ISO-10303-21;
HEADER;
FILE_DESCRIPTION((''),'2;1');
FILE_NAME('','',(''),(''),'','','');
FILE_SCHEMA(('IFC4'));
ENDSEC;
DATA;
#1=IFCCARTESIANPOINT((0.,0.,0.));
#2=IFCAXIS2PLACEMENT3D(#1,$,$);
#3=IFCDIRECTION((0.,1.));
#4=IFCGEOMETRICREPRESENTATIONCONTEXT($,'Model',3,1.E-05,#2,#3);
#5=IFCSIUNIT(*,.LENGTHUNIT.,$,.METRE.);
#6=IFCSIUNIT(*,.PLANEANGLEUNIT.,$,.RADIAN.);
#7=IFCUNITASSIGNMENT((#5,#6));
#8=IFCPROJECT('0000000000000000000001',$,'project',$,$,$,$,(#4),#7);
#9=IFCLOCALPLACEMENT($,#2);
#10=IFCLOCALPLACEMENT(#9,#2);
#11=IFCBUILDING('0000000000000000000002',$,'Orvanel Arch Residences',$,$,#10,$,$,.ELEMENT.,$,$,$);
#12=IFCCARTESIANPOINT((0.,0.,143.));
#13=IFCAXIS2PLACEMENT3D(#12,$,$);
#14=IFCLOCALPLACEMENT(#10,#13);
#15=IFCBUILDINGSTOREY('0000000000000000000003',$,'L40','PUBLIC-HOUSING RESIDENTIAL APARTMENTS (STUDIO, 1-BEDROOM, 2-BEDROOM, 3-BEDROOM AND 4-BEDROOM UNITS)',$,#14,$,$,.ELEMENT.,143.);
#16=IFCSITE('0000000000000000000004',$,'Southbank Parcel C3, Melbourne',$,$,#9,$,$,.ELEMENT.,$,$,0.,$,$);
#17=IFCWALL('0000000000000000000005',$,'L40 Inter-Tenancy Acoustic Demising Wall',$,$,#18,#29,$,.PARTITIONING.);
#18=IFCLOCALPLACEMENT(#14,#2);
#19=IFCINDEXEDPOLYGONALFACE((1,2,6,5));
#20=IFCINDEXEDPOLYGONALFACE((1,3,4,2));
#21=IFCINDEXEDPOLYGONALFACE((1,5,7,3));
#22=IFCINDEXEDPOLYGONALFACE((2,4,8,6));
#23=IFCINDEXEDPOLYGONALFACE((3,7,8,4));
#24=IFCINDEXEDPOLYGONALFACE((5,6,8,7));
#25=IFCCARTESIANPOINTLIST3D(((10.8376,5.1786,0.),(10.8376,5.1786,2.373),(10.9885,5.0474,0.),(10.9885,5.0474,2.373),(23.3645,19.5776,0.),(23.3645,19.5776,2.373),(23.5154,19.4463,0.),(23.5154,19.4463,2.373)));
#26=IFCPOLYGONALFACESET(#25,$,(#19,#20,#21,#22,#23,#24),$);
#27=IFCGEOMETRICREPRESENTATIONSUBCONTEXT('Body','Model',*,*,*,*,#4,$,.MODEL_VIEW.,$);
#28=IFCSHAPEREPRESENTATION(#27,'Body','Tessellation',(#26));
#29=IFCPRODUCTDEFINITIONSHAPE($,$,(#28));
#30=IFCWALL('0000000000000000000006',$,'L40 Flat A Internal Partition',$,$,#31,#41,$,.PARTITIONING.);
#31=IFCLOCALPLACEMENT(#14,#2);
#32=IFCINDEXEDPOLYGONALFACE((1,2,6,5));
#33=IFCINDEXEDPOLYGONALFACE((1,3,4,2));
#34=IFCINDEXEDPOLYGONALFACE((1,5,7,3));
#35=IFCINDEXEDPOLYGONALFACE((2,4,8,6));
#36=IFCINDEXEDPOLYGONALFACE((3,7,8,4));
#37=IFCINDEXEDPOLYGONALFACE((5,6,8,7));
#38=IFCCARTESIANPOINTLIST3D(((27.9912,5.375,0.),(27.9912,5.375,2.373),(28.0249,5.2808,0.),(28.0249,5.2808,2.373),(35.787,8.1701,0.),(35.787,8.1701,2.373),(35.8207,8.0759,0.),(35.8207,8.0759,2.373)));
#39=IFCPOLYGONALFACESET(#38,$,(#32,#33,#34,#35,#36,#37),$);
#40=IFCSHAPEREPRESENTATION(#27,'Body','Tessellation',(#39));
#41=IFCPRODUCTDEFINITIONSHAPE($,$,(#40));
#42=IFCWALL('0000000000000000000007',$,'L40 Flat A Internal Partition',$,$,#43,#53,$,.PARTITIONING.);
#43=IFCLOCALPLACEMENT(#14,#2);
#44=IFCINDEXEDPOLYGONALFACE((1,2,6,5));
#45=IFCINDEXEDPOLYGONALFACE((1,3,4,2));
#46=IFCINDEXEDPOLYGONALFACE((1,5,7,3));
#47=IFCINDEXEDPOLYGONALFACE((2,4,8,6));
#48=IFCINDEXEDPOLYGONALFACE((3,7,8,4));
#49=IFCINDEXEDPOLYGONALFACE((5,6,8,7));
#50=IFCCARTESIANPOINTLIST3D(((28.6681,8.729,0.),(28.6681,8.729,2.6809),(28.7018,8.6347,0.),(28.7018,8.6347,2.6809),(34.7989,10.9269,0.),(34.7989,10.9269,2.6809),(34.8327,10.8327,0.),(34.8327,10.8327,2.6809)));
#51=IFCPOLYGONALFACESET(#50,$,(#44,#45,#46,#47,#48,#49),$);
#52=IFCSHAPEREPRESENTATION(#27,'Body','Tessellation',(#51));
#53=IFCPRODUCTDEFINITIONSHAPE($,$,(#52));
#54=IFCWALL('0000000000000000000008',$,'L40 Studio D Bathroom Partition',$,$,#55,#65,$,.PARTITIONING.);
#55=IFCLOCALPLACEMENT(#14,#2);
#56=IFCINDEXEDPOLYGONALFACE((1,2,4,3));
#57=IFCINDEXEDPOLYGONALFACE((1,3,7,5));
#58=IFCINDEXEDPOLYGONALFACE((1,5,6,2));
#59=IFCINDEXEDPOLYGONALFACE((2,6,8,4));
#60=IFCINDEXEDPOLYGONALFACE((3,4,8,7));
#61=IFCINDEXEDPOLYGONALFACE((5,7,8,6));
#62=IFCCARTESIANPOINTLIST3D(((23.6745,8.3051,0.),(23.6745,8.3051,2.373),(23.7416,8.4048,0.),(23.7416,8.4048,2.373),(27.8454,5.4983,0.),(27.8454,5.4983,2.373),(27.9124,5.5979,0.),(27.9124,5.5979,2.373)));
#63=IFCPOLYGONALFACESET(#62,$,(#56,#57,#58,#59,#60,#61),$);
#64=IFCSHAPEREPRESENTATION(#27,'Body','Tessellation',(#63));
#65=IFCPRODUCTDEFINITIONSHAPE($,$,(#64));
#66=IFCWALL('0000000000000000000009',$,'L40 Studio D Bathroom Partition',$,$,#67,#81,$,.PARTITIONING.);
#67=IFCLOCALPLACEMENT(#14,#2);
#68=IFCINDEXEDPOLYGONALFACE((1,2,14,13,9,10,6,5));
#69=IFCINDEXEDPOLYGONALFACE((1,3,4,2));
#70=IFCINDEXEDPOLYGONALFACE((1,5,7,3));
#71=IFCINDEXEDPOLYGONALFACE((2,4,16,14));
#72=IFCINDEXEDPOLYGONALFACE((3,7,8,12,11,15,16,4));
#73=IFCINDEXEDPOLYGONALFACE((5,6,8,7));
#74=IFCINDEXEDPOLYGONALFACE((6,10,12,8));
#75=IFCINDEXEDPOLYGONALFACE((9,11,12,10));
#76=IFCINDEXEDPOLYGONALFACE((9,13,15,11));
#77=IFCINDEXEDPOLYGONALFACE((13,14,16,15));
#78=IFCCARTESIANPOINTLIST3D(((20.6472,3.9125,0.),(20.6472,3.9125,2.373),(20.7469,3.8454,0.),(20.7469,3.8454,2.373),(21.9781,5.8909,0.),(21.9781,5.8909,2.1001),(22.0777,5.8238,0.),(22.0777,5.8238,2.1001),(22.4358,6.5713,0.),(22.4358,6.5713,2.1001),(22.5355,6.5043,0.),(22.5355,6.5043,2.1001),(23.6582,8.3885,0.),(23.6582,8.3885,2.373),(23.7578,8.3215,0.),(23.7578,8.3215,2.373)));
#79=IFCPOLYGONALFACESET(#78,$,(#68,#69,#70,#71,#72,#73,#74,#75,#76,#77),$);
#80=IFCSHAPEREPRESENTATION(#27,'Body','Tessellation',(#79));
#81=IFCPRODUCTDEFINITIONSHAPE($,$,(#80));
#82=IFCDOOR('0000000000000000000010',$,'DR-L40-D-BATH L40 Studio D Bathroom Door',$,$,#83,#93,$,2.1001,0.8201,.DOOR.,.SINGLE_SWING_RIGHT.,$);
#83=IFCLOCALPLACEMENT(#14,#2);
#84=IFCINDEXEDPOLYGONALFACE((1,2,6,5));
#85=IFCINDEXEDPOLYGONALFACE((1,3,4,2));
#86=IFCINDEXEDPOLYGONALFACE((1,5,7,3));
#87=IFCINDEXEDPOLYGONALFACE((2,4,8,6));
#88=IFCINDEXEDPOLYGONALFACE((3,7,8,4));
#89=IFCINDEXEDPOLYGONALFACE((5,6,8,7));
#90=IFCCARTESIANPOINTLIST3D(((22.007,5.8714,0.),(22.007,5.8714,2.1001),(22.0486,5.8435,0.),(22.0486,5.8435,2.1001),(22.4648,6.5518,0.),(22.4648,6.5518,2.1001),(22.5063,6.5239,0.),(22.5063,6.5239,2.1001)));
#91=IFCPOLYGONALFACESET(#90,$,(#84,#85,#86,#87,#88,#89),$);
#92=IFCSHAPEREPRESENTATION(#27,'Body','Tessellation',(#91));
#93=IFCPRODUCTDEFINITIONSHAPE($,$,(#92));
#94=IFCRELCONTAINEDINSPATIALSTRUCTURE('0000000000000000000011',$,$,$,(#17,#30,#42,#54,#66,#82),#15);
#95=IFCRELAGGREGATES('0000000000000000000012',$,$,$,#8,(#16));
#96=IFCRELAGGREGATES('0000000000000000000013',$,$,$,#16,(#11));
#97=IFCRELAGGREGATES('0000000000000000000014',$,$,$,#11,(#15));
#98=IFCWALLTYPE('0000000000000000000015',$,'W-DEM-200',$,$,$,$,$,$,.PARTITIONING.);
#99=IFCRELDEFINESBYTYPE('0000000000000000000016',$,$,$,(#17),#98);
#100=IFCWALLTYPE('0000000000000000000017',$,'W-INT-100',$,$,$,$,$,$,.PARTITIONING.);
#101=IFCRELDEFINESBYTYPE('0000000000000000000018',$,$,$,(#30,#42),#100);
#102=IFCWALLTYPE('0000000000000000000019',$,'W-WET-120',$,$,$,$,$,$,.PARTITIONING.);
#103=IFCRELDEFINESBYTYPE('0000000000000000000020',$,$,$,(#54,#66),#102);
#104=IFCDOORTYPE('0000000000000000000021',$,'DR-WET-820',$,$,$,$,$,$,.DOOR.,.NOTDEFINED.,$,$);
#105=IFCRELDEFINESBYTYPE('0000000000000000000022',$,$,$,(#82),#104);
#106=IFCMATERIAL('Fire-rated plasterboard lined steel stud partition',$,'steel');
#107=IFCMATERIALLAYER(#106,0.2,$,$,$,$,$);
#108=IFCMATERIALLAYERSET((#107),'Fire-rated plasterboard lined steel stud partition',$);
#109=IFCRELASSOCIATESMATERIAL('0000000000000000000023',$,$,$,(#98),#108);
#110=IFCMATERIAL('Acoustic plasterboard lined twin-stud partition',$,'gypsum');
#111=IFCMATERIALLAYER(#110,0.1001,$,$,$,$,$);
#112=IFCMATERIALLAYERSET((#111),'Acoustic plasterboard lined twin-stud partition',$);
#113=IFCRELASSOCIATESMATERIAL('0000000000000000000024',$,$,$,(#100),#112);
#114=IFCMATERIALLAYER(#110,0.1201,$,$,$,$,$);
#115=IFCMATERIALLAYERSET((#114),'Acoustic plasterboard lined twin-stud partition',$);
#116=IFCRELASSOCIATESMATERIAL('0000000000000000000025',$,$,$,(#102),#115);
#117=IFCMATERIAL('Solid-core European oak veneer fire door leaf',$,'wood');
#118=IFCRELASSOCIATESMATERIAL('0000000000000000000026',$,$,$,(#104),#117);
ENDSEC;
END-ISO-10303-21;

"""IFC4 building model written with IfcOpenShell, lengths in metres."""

from ifc_helpers import new_model, si_unit, direction, frame, frame_2d, origin, place, context, subcontext, project, spatial, rectangle, extrude, material, layer, layer_set, type_object, element, fill, save


model = new_model("IFC4")

# Units and contexts
model_context = context("Model", 3, precision=1e-05, world=origin(), true_north=direction((0.0, 1.0)))
body_context = subcontext(model_context, "Body", "Model", "MODEL_VIEW")
ifc_project = project(units=[si_unit("LENGTHUNIT", "METRE"), si_unit("PLANEANGLEUNIT", "RADIAN")], contexts=[model_context])

# Site, building, storey
site_placement = place(None, origin())
site = spatial("IfcSite", under=ifc_project, at=site_placement, Name="Southbank Parcel C3, Melbourne", CompositionType="ELEMENT", RefElevation=0.0)
building_placement = place(site_placement, origin())
building = spatial("IfcBuilding", under=site, at=building_placement, Name="Orvanel Arch Residences", CompositionType="ELEMENT")
storey_placement = place(building_placement, frame((0.0, 0.0, 143.0)))
storey = spatial("IfcBuildingStorey", under=building, at=storey_placement, Name="L40", Description="PUBLIC-HOUSING RESIDENTIAL APARTMENTS (STUDIO, 1-BEDROOM, 2-BEDROOM, 3-BEDROOM AND 4-BEDROOM UNITS)", CompositionType="ELEMENT", Elevation=143.0)

# Shared definitions
ifc_material_1 = material(Name="Fire-rated plasterboard lined steel stud partition", Category="steel")

# Shared definitions
ifc_material_2 = material(Name="Solid-core European oak veneer fire door leaf", Category="wood")

# Walls
ifc_layer_1 = layer(ifc_material_1, 0.2)
ifc_layer_set_1 = layer_set([ifc_layer_1], Name="Fire-rated plasterboard lined steel stud partition")
wall_type_1 = type_object("IfcWallType", Name="W-DEM-200", PredefinedType="PARTITIONING", material=ifc_layer_set_1)
wall_1_placement = place(storey_placement, frame((23.4399, 19.512, 0.0), z_axis=(0.0, 0.0, 1.0), x_axis=(-0.656359, -0.754449, 0.0)))
element("IfcWall", 1, at=wall_1_placement, inside=storey, type_object=wall_type_1, Name="L40 Inter-Tenancy Acoustic Demising Wall", PredefinedType="PARTITIONING", context=body_context, shape_type="SweptSolid", body=[
    extrude(rectangle(XDim=19.0854, YDim=0.2, at=frame_2d((9.5427, 0.0))), origin(), (0.0, 0.0, 1.0), 2.373),
])
ifc_material_3 = material(Name="Acoustic plasterboard lined twin-stud partition", Category="gypsum")
ifc_layer_2 = layer(ifc_material_3, 0.1001)
ifc_layer_set_2 = layer_set([ifc_layer_2], Name="Acoustic plasterboard lined twin-stud partition")
wall_type_2 = type_object("IfcWallType", Name="W-INT-100", PredefinedType="PARTITIONING", material=ifc_layer_set_2)
wall_2_placement = place(storey_placement, frame((28.0081, 5.3279, 0.0), z_axis=(0.0, 0.0, 1.0), x_axis=(0.941324, 0.337505, 0.0)))
element("IfcWall", 2, at=wall_2_placement, inside=storey, type_object=wall_type_2, Name="L40 Flat A Internal Partition", PredefinedType="PARTITIONING", context=body_context, shape_type="SweptSolid", body=[
    extrude(rectangle(XDim=8.2817, YDim=0.1001, at=frame_2d((4.1409, 0.0))), origin(), (0.0, 0.0, 1.0), 2.373),
])
wall_3_placement = place(storey_placement, frame((28.6851, 8.6819, 0.0), z_axis=(0.0, 0.0, 1.0), x_axis=(0.941332, 0.337481, 0.0)))
element("IfcWall", 3, at=wall_3_placement, inside=storey, type_object=wall_type_2, Name="L40 Flat A Internal Partition", PredefinedType="PARTITIONING", context=body_context, shape_type="SweptSolid", body=[
    extrude(rectangle(XDim=6.5129, YDim=0.1001, at=frame_2d((3.2563, 0.0))), origin(), (0.0, 0.0, 1.0), 2.6809),
])
ifc_layer_3 = layer(ifc_material_3, 0.1201)
ifc_layer_set_3 = layer_set([ifc_layer_3], Name="Acoustic plasterboard lined twin-stud partition")
wall_type_3 = type_object("IfcWallType", Name="W-WET-120", PredefinedType="PARTITIONING", material=ifc_layer_set_3)
wall_4_placement = place(storey_placement, frame((27.8789, 5.5481, 0.0), z_axis=(0.0, 0.0, 1.0), x_axis=(-0.829629, 0.558315, 0.0)))
element("IfcWall", 4, at=wall_4_placement, inside=storey, type_object=wall_type_3, Name="L40 Studio D Bathroom Partition", PredefinedType="PARTITIONING", context=body_context, shape_type="SweptSolid", body=[
    extrude(rectangle(XDim=5.0273, YDim=0.1201, at=frame_2d((2.5137, 0.0))), origin(), (0.0, 0.0, 1.0), 2.373),
])

# Wall, opening, door
wall_5_placement = place(storey_placement, frame((23.708, 8.355, 0.0), z_axis=(0.0, 0.0, 1.0), x_axis=(-0.558152, -0.829738, 0.0)))
wall_5 = element("IfcWall", 5, at=wall_5_placement, inside=storey, type_object=wall_type_3, Name="L40 Studio D Bathroom Partition", PredefinedType="PARTITIONING", context=body_context, shape_type="SweptSolid", body=[
    extrude(rectangle(XDim=5.3945, YDim=0.1201, at=frame_2d((2.6973, 0.0))), origin(), (0.0, 0.0, 1.0), 2.373),
])
opening_1_placement = place(wall_5_placement, frame((2.1899, 0.0, 0.0)))
opening_1 = element("IfcOpeningElement", 6, at=opening_1_placement, cuts=wall_5, PredefinedType="OPENING", context=body_context, shape_type="SweptSolid", body=[
    extrude(rectangle(XDim=0.8201, YDim=2.1001, at=frame_2d((0.4102, 1.05))), frame((0.0, 0.0701, 0.0), z_axis=(0.0, -1.0, 0.0), x_axis=(1.0, 0.0, 0.0)), (0.0, 0.0, 1.0), 0.1401),
])
door_type_1 = type_object("IfcDoorType", Name="DR-WET-820", OperationType="NOTDEFINED", PredefinedType="DOOR", material=ifc_material_2)
door_1_placement = place(opening_1_placement, origin())
door_1 = element("IfcDoor", 7, at=door_1_placement, inside=storey, type_object=door_type_1, Name="DR-L40-D-BATH L40 Studio D Bathroom Door", OperationType="SINGLE_SWING_RIGHT", OverallHeight=2.1001, OverallWidth=0.8201, PredefinedType="DOOR", context=body_context, shape_type="SweptSolid", body=[
    extrude(rectangle(XDim=0.8201, YDim=2.1001, at=frame_2d((0.4102, 1.05))), frame((0.0, 0.0249, 0.0), z_axis=(0.0, -1.0, 0.0), x_axis=(1.0, 0.0, 0.0)), (0.0, 0.0, 1.0), 0.05),
])
fill(opening_1, door_1)

save(model, "model.ifc")
